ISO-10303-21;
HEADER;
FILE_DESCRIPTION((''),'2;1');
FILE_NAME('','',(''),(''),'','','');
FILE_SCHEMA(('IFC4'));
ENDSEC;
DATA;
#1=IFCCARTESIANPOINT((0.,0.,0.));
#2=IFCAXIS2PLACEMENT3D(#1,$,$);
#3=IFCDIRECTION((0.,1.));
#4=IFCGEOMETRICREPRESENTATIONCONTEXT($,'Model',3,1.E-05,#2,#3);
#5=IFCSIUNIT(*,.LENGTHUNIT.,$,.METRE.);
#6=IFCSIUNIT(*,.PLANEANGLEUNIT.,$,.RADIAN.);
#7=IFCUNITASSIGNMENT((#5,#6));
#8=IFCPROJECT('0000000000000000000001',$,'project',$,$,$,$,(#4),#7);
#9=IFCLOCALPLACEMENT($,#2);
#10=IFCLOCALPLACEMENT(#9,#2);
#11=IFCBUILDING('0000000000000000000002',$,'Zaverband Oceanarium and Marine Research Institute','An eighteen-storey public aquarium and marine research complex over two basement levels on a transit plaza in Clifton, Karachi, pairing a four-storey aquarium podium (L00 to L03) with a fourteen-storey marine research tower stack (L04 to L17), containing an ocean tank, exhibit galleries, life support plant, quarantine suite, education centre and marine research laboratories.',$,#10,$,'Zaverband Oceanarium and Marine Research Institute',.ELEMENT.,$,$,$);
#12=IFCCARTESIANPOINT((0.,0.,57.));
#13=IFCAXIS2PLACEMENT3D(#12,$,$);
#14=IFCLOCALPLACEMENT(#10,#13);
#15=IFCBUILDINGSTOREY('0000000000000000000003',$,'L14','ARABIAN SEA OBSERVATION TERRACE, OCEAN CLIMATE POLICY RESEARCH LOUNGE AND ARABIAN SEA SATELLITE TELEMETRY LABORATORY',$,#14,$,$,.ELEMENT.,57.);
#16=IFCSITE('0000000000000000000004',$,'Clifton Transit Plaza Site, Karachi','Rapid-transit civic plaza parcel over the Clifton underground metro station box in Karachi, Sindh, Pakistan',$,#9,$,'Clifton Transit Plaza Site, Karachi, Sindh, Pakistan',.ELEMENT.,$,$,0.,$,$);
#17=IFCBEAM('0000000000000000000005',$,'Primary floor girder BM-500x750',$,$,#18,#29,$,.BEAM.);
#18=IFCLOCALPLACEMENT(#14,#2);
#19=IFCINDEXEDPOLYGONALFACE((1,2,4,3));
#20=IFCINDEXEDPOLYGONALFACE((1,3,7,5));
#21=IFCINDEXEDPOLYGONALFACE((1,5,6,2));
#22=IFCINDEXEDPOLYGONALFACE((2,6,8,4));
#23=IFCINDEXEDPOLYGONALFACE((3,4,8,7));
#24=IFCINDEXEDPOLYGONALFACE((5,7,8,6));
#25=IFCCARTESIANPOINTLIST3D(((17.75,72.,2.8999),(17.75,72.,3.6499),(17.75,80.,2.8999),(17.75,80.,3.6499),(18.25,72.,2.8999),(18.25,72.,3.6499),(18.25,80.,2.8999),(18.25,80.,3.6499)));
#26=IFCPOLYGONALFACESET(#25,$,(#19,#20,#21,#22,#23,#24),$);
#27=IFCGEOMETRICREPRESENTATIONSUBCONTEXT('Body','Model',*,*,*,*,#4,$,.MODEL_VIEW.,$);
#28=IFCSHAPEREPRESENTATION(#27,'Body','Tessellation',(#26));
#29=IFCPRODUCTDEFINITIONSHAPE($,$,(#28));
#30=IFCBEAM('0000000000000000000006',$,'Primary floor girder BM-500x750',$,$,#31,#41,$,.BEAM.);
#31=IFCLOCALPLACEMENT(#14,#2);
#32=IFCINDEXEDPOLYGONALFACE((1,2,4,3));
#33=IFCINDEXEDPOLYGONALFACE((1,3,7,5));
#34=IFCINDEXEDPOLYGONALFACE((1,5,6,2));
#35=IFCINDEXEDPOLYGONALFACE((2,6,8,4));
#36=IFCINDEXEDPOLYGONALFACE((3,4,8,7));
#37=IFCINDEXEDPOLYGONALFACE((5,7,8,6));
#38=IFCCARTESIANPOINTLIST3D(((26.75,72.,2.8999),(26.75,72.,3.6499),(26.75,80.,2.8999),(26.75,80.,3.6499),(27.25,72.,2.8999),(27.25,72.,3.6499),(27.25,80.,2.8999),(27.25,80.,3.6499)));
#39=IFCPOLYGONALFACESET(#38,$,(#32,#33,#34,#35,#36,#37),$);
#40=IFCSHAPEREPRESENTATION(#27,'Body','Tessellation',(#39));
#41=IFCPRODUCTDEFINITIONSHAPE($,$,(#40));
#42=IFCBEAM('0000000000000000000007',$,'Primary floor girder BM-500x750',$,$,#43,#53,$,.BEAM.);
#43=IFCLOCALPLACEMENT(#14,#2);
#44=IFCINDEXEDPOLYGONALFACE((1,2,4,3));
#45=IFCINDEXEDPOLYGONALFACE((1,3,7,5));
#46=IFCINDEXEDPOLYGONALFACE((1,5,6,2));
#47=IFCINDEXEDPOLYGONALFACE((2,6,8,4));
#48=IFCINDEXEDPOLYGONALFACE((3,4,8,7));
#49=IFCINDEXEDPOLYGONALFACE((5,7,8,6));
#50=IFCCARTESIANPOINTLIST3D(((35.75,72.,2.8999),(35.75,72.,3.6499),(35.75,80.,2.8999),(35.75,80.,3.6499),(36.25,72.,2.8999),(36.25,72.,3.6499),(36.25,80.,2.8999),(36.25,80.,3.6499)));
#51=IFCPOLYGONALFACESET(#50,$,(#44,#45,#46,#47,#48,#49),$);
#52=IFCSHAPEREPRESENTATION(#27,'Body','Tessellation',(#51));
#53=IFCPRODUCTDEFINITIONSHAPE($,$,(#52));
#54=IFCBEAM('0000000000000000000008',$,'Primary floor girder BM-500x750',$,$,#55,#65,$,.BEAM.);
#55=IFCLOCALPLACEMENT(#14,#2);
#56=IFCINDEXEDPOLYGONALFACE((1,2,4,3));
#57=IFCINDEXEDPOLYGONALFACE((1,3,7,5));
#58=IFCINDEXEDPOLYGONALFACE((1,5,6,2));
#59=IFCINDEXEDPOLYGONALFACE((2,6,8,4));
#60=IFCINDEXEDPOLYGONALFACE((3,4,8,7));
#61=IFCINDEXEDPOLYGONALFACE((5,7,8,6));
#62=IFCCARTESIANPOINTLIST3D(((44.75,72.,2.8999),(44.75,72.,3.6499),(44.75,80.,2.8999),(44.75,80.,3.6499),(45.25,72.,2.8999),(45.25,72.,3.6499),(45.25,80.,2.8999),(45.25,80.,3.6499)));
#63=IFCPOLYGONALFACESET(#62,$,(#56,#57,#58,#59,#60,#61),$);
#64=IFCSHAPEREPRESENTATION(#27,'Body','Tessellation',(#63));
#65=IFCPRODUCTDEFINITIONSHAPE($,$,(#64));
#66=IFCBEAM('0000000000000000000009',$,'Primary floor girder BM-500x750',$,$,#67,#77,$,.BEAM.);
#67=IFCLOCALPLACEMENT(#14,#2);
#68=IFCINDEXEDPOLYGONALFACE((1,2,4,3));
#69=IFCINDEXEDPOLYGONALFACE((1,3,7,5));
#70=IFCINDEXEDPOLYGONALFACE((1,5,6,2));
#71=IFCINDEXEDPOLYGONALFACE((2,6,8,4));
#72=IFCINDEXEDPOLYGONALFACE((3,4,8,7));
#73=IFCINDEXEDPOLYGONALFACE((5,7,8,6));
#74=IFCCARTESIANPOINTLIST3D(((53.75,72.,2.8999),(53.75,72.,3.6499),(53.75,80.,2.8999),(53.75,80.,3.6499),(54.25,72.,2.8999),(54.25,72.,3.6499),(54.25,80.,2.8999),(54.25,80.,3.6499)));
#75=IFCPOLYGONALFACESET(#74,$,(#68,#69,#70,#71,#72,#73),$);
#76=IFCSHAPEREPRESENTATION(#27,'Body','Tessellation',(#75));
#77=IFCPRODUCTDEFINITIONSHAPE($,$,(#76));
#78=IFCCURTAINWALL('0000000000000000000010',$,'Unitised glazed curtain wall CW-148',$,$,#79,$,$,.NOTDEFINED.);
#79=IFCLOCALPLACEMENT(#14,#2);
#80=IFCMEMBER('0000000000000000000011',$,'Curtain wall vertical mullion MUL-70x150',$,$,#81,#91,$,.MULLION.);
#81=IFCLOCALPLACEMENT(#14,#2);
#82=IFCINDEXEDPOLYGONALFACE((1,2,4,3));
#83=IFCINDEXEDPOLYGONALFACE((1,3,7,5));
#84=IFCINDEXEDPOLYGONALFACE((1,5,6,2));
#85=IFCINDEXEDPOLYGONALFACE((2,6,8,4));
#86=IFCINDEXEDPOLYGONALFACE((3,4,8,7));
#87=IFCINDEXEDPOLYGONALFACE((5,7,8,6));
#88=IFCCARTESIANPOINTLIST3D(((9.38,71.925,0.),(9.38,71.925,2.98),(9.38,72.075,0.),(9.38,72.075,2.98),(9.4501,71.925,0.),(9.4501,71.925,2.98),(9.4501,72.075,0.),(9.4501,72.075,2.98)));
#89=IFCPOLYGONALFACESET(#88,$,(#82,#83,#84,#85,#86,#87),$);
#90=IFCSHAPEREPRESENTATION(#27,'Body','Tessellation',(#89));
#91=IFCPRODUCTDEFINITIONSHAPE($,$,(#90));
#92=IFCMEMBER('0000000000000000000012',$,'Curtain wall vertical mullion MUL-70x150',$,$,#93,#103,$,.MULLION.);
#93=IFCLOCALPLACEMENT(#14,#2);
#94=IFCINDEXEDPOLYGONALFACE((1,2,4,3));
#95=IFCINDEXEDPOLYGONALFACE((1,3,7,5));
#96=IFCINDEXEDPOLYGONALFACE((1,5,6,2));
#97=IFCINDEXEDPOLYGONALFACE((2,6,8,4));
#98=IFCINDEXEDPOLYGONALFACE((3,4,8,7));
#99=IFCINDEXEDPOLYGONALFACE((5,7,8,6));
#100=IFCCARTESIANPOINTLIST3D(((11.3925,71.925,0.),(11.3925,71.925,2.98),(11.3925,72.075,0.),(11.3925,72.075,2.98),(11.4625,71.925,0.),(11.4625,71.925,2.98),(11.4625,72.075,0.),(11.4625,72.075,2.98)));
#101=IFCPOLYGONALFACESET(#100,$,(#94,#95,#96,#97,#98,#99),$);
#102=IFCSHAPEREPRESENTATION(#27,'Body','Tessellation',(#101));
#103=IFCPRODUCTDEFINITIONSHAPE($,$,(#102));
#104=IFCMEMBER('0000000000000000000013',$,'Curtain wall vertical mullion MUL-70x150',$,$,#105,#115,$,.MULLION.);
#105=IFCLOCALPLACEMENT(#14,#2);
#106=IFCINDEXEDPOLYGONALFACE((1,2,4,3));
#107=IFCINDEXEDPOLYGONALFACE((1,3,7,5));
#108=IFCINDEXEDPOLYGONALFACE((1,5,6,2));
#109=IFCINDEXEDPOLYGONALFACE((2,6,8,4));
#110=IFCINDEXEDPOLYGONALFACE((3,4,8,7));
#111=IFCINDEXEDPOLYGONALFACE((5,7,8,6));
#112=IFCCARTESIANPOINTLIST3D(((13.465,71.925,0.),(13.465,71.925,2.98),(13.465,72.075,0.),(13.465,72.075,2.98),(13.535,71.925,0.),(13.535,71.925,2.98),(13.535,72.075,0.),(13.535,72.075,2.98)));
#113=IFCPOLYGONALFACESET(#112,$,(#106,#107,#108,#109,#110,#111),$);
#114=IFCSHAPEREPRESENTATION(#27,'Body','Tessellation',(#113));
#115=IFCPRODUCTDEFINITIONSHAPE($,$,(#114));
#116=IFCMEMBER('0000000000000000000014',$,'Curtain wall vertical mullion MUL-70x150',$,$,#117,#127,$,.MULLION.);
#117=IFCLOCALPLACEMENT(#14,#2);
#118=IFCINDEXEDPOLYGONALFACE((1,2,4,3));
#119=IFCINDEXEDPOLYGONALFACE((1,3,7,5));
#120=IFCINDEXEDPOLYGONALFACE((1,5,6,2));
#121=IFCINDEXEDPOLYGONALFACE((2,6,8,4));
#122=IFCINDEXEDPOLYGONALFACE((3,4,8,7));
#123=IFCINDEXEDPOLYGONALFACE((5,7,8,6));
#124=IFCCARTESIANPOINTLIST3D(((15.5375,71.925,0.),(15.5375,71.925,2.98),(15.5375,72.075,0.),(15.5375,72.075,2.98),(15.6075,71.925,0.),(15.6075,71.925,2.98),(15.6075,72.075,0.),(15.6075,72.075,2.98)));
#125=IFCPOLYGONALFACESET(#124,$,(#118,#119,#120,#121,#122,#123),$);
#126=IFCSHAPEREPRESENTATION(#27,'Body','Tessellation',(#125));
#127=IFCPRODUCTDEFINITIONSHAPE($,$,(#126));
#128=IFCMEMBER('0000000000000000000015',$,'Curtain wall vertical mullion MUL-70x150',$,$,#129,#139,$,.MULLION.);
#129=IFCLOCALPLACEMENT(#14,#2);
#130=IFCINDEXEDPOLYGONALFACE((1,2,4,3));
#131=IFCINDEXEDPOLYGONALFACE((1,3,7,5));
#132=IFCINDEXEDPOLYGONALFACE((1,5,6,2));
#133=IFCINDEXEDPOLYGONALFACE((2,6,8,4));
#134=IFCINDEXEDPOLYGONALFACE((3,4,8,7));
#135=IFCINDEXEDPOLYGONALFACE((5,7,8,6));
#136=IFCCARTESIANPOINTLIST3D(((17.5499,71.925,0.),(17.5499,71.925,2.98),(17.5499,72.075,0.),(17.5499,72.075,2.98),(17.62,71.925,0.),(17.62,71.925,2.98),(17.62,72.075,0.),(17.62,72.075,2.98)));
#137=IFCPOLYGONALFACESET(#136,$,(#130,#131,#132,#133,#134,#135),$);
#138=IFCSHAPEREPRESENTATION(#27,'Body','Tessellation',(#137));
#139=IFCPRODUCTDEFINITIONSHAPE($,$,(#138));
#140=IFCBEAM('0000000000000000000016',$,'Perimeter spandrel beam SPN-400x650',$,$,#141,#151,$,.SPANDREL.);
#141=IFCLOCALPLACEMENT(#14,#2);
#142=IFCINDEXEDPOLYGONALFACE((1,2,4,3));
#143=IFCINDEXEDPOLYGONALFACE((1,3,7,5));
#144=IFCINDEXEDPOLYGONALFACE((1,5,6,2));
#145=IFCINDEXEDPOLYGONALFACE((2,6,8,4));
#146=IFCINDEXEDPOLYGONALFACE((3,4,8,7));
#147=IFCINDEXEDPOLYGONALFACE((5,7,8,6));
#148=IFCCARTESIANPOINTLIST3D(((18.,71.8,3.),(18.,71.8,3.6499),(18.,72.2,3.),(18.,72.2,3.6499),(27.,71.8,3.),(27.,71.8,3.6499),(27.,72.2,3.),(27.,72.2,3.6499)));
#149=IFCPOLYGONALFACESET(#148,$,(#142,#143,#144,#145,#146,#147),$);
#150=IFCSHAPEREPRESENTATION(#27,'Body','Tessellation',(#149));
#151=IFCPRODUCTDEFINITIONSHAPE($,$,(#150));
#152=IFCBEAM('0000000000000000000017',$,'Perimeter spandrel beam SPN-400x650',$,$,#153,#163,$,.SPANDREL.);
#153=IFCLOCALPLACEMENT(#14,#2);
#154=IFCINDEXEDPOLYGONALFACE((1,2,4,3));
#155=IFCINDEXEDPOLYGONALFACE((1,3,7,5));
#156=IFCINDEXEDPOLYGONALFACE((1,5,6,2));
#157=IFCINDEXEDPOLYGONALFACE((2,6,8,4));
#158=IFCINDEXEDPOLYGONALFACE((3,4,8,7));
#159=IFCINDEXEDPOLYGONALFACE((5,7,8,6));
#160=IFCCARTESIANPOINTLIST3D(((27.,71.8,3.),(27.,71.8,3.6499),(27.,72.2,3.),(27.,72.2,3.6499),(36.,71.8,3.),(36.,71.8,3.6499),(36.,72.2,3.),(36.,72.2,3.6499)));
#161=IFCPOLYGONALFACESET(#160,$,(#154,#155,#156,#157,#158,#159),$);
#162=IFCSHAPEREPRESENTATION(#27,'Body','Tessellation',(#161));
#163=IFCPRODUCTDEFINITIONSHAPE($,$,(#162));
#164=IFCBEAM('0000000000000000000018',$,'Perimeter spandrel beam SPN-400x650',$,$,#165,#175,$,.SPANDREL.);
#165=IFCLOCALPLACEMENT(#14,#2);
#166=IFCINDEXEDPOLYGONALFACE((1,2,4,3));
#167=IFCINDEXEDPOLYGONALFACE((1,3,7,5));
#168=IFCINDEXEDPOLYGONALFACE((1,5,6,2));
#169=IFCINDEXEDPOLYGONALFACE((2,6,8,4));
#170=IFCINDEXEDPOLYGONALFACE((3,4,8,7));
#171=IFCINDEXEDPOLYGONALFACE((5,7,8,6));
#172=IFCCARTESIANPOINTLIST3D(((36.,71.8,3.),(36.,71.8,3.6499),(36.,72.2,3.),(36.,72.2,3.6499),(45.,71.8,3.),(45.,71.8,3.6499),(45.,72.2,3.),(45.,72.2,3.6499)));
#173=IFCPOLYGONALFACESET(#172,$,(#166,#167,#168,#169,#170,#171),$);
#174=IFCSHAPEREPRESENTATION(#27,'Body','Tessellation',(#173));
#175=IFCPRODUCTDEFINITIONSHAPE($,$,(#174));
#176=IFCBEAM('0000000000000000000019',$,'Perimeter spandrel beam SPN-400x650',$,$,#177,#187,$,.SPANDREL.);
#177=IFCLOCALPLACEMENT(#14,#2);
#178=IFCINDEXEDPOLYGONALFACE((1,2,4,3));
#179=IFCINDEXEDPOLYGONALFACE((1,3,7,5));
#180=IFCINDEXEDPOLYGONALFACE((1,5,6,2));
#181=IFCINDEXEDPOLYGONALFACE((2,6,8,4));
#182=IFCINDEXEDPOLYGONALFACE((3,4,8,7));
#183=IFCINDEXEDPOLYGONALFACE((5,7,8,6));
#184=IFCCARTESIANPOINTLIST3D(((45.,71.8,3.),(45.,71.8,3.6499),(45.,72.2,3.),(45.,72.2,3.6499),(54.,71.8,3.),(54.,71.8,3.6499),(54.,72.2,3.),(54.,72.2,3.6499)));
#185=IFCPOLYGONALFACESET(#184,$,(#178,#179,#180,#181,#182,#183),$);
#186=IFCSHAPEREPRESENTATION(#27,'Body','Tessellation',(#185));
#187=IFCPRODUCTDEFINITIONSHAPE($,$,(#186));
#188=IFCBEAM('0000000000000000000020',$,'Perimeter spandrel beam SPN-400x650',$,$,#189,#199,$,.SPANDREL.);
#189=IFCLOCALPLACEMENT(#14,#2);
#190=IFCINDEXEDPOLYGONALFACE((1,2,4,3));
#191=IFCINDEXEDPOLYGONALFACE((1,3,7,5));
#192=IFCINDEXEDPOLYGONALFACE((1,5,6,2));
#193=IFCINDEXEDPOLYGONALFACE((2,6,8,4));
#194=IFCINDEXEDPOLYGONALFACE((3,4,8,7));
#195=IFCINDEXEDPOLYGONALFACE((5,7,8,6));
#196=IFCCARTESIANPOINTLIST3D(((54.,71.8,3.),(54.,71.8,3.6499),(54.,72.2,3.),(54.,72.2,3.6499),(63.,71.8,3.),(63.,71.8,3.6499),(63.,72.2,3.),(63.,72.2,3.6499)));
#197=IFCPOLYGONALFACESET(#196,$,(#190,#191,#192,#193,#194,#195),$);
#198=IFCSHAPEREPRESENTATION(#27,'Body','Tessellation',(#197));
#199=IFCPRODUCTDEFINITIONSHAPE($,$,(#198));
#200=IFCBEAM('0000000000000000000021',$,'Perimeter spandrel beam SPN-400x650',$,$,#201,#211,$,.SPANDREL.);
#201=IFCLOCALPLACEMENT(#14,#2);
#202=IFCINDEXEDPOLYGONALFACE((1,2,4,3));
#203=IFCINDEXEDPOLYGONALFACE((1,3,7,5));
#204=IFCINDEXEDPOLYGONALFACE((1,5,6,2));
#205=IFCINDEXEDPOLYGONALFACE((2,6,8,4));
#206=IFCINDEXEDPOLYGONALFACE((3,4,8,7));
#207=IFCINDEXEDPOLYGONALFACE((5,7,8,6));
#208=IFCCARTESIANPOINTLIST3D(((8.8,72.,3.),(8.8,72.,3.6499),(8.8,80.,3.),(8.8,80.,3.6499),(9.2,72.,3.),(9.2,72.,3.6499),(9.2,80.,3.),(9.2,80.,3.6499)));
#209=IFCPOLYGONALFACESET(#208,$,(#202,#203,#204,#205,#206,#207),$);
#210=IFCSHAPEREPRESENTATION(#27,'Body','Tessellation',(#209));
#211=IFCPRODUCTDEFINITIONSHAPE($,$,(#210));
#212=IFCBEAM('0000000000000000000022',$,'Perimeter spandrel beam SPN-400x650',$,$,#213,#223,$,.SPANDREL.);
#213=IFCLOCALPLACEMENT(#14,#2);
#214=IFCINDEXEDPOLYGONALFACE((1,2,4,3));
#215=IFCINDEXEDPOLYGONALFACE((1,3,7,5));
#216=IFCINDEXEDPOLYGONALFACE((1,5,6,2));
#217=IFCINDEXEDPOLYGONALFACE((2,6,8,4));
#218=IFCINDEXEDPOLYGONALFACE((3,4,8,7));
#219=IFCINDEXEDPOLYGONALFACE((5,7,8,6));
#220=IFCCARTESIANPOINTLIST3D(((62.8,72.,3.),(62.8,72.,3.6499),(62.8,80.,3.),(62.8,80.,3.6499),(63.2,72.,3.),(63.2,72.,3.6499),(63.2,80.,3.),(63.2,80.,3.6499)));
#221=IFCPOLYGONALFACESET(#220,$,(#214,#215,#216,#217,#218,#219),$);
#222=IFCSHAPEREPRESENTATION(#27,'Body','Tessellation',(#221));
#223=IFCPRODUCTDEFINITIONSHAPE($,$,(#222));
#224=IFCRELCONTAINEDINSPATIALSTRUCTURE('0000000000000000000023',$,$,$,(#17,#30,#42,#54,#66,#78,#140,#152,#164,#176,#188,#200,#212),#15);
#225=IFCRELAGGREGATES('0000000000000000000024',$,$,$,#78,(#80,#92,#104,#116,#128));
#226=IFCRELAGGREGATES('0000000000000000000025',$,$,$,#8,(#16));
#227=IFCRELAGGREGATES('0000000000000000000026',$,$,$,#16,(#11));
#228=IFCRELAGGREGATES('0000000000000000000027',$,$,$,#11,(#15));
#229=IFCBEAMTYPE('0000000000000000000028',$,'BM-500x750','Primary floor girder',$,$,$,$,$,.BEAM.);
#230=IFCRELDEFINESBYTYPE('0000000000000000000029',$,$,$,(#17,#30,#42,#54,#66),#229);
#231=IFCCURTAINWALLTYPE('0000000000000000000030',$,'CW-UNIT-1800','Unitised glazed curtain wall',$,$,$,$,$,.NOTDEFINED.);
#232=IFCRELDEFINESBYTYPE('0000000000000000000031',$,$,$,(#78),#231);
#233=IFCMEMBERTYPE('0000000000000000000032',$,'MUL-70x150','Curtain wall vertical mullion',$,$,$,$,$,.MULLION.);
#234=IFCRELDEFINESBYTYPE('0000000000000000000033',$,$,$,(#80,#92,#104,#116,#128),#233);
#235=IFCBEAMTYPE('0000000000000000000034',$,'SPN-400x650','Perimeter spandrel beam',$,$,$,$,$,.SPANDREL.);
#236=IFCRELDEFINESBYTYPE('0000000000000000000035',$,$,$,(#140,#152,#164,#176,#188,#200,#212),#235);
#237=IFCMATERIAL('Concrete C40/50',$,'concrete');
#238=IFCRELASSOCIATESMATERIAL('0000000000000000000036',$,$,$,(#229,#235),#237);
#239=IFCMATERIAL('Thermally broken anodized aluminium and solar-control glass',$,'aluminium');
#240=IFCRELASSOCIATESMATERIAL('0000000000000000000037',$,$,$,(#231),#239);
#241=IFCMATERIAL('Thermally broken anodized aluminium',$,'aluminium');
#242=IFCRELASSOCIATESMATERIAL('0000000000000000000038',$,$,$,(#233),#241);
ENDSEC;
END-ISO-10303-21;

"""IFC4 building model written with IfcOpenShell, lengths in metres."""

from ifc_helpers import new_model, si_unit, direction, frame, origin, origin_2d, place, context, subcontext, project, spatial, rectangle, extrude, material, material_profile, profile_set, type_object, element, aggregate, save


model = new_model("IFC4")

# Units and contexts
model_context = context("Model", 3, precision=1e-05, world=origin(), true_north=direction((0.0, 1.0)))
body_context = subcontext(model_context, "Body", "Model", "MODEL_VIEW")
ifc_project = project(units=[si_unit("LENGTHUNIT", "METRE"), si_unit("PLANEANGLEUNIT", "RADIAN")], contexts=[model_context])

# Site, building, storey
site_placement = place(None, origin())
site = spatial("IfcSite", under=ifc_project, at=site_placement, Name="Clifton Transit Plaza Site, Karachi", Description="Rapid-transit civic plaza parcel over the Clifton underground metro station box in Karachi, Sindh, Pakistan", LongName="Clifton Transit Plaza Site, Karachi, Sindh, Pakistan", CompositionType="ELEMENT", RefElevation=0.0)
building_placement = place(site_placement, origin())
building = spatial("IfcBuilding", under=site, at=building_placement, Name="Zaverband Oceanarium and Marine Research Institute", Description="An eighteen-storey public aquarium and marine research complex over two basement levels on a transit plaza in Clifton, Karachi, pairing a four-storey aquarium podium (L00 to L03) with a fourteen-storey marine research tower stack (L04 to L17), containing an ocean tank, exhibit galleries, life support plant, quarantine suite, education centre and marine research laboratories.", LongName="Zaverband Oceanarium and Marine Research Institute", CompositionType="ELEMENT")
storey_placement = place(building_placement, frame((0.0, 0.0, 57.0)))
storey = spatial("IfcBuildingStorey", under=building, at=storey_placement, Name="L14", Description="ARABIAN SEA OBSERVATION TERRACE, OCEAN CLIMATE POLICY RESEARCH LOUNGE AND ARABIAN SEA SATELLITE TELEMETRY LABORATORY", CompositionType="ELEMENT", Elevation=57.0)

# Beams
ifc_material_1 = material(Name="Concrete C40/50", Category="concrete")
ifc_material_profile_1 = material_profile(ifc_material_1, rectangle(XDim=0.5, YDim=0.75, at=origin_2d()), Name="RC500x750")
ifc_profile_set_1 = profile_set([ifc_material_profile_1], Name="Concrete C40/50")
beam_type_1 = type_object("IfcBeamType", Name="BM-500x750", Description="Primary floor girder", PredefinedType="BEAM", material=ifc_profile_set_1)
for number, where, z_axis, x_axis, name in (
    (1, (18.0, 72.0, 3.2749), (0.0, 1.0, 0.0), (-1.0, 0.0, 0.0), "Primary floor girder BM-500x750"),
    (2, (27.0, 72.0, 3.2749), (0.0, 1.0, 0.0), (-1.0, 0.0, 0.0), "Primary floor girder BM-500x750"),
    (3, (36.0, 72.0, 3.2749), (0.0, 1.0, 0.0), (-1.0, 0.0, 0.0), "Primary floor girder BM-500x750"),
    (4, (45.0, 72.0, 3.2749), (0.0, 1.0, 0.0), (-1.0, 0.0, 0.0), "Primary floor girder BM-500x750"),
    (5, (54.0, 72.0, 3.2749), (0.0, 1.0, 0.0), (-1.0, 0.0, 0.0), "Primary floor girder BM-500x750"),
):
    element("IfcBeam", number, at=place(storey_placement, frame(where, z_axis=z_axis, x_axis=x_axis)), inside=storey, type_object=beam_type_1, Name=name, PredefinedType="BEAM", context=body_context, shape_type="SweptSolid", body=[
        extrude(rectangle(XDim=0.5, YDim=0.75, at=origin_2d()), origin(), (0.0, 0.0, 1.0), 8.0),
    ])

# Curtain wall, members
ifc_material_2 = material(Name="Thermally broken anodized aluminium and solar-control glass", Category="aluminium")
curtain_wall_type = type_object("IfcCurtainWallType", Name="CW-UNIT-1800", Description="Unitised glazed curtain wall", PredefinedType="NOTDEFINED", material=ifc_material_2)
curtain_wall_placement = place(storey_placement, origin())
curtain_wall = element("IfcCurtainWall", 6, at=curtain_wall_placement, inside=storey, type_object=curtain_wall_type, Name="Unitised glazed curtain wall CW-148", PredefinedType="NOTDEFINED")
ifc_material_3 = material(Name="Thermally broken anodized aluminium", Category="aluminium")
ifc_material_profile_2 = material_profile(ifc_material_3, rectangle(XDim=0.0701, YDim=0.1499, at=origin_2d()), Name="AL-MUL-70x150")
ifc_profile_set_2 = profile_set([ifc_material_profile_2], Name="Thermally broken anodized aluminium")
member_type_1 = type_object("IfcMemberType", Name="MUL-70x150", Description="Curtain wall vertical mullion", PredefinedType="MULLION", material=ifc_profile_set_2)
member_1_placement = place(storey_placement, frame((9.415, 72.0, 0.0), z_axis=(0.0, 0.0, 1.0), x_axis=(1.0, 0.0, 0.0)))
member_1 = element("IfcMember", 7, at=member_1_placement, type_object=member_type_1, Name="Curtain wall vertical mullion MUL-70x150", PredefinedType="MULLION", context=body_context, shape_type="SweptSolid", body=[
    extrude(rectangle(XDim=0.0701, YDim=0.1499, at=origin_2d()), origin(), (0.0, 0.0, 1.0), 2.98),
])
member_2_placement = place(storey_placement, frame((11.4275, 72.0, 0.0), z_axis=(0.0, 0.0, 1.0), x_axis=(1.0, 0.0, 0.0)))
member_2 = element("IfcMember", 8, at=member_2_placement, type_object=member_type_1, Name="Curtain wall vertical mullion MUL-70x150", PredefinedType="MULLION", context=body_context, shape_type="SweptSolid", body=[
    extrude(rectangle(XDim=0.0701, YDim=0.1499, at=origin_2d()), origin(), (0.0, 0.0, 1.0), 2.98),
])
member_3_placement = place(storey_placement, frame((13.5, 72.0, 0.0), z_axis=(0.0, 0.0, 1.0), x_axis=(1.0, 0.0, 0.0)))
member_3 = element("IfcMember", 9, at=member_3_placement, type_object=member_type_1, Name="Curtain wall vertical mullion MUL-70x150", PredefinedType="MULLION", context=body_context, shape_type="SweptSolid", body=[
    extrude(rectangle(XDim=0.0701, YDim=0.1499, at=origin_2d()), origin(), (0.0, 0.0, 1.0), 2.98),
])
member_4_placement = place(storey_placement, frame((15.5725, 72.0, 0.0), z_axis=(0.0, 0.0, 1.0), x_axis=(1.0, 0.0, 0.0)))
member_4 = element("IfcMember", 10, at=member_4_placement, type_object=member_type_1, Name="Curtain wall vertical mullion MUL-70x150", PredefinedType="MULLION", context=body_context, shape_type="SweptSolid", body=[
    extrude(rectangle(XDim=0.0701, YDim=0.1499, at=origin_2d()), origin(), (0.0, 0.0, 1.0), 2.98),
])
member_5_placement = place(storey_placement, frame((17.585, 72.0, 0.0), z_axis=(0.0, 0.0, 1.0), x_axis=(1.0, 0.0, 0.0)))
member_5 = element("IfcMember", 11, at=member_5_placement, type_object=member_type_1, Name="Curtain wall vertical mullion MUL-70x150", PredefinedType="MULLION", context=body_context, shape_type="SweptSolid", body=[
    extrude(rectangle(XDim=0.0701, YDim=0.1499, at=origin_2d()), origin(), (0.0, 0.0, 1.0), 2.98),
])

# Beams
ifc_material_profile_3 = material_profile(ifc_material_1, rectangle(XDim=0.3999, YDim=0.6499, at=origin_2d()), Name="RC400x650")
ifc_profile_set_3 = profile_set([ifc_material_profile_3], Name="Concrete C40/50")
beam_type_2 = type_object("IfcBeamType", Name="SPN-400x650", Description="Perimeter spandrel beam", PredefinedType="SPANDREL", material=ifc_profile_set_3)
for number, where, z_axis, x_axis, name in (
    (12, (18.0, 72.0, 3.325), (1.0, 0.0, 0.0), (0.0, 1.0, 0.0), "Perimeter spandrel beam SPN-400x650"),
    (13, (27.0, 72.0, 3.325), (1.0, 0.0, 0.0), (0.0, 1.0, 0.0), "Perimeter spandrel beam SPN-400x650"),
    (14, (36.0, 72.0, 3.325), (1.0, 0.0, 0.0), (0.0, 1.0, 0.0), "Perimeter spandrel beam SPN-400x650"),
    (15, (45.0, 72.0, 3.325), (1.0, 0.0, 0.0), (0.0, 1.0, 0.0), "Perimeter spandrel beam SPN-400x650"),
    (16, (54.0, 72.0, 3.325), (1.0, 0.0, 0.0), (0.0, 1.0, 0.0), "Perimeter spandrel beam SPN-400x650"),
):
    element("IfcBeam", number, at=place(storey_placement, frame(where, z_axis=z_axis, x_axis=x_axis)), inside=storey, type_object=beam_type_2, Name=name, PredefinedType="SPANDREL", context=body_context, shape_type="SweptSolid", body=[
        extrude(rectangle(XDim=0.3999, YDim=0.6499, at=origin_2d()), origin(), (0.0, 0.0, 1.0), 9.0),
    ])
for number, where, z_axis, x_axis, name in (
    (17, (9.0, 72.0, 3.325), (0.0, 1.0, 0.0), (-1.0, 0.0, 0.0), "Perimeter spandrel beam SPN-400x650"),
    (18, (63.0, 72.0, 3.325), (0.0, 1.0, 0.0), (-1.0, 0.0, 0.0), "Perimeter spandrel beam SPN-400x650"),
):
    element("IfcBeam", number, at=place(storey_placement, frame(where, z_axis=z_axis, x_axis=x_axis)), inside=storey, type_object=beam_type_2, Name=name, PredefinedType="SPANDREL", context=body_context, shape_type="SweptSolid", body=[
        extrude(rectangle(XDim=0.3999, YDim=0.6499, at=origin_2d()), origin(), (0.0, 0.0, 1.0), 8.0),
    ])

aggregate(curtain_wall, [member_1, member_2, member_3, member_4, member_5])

save(model, "model.ifc")
